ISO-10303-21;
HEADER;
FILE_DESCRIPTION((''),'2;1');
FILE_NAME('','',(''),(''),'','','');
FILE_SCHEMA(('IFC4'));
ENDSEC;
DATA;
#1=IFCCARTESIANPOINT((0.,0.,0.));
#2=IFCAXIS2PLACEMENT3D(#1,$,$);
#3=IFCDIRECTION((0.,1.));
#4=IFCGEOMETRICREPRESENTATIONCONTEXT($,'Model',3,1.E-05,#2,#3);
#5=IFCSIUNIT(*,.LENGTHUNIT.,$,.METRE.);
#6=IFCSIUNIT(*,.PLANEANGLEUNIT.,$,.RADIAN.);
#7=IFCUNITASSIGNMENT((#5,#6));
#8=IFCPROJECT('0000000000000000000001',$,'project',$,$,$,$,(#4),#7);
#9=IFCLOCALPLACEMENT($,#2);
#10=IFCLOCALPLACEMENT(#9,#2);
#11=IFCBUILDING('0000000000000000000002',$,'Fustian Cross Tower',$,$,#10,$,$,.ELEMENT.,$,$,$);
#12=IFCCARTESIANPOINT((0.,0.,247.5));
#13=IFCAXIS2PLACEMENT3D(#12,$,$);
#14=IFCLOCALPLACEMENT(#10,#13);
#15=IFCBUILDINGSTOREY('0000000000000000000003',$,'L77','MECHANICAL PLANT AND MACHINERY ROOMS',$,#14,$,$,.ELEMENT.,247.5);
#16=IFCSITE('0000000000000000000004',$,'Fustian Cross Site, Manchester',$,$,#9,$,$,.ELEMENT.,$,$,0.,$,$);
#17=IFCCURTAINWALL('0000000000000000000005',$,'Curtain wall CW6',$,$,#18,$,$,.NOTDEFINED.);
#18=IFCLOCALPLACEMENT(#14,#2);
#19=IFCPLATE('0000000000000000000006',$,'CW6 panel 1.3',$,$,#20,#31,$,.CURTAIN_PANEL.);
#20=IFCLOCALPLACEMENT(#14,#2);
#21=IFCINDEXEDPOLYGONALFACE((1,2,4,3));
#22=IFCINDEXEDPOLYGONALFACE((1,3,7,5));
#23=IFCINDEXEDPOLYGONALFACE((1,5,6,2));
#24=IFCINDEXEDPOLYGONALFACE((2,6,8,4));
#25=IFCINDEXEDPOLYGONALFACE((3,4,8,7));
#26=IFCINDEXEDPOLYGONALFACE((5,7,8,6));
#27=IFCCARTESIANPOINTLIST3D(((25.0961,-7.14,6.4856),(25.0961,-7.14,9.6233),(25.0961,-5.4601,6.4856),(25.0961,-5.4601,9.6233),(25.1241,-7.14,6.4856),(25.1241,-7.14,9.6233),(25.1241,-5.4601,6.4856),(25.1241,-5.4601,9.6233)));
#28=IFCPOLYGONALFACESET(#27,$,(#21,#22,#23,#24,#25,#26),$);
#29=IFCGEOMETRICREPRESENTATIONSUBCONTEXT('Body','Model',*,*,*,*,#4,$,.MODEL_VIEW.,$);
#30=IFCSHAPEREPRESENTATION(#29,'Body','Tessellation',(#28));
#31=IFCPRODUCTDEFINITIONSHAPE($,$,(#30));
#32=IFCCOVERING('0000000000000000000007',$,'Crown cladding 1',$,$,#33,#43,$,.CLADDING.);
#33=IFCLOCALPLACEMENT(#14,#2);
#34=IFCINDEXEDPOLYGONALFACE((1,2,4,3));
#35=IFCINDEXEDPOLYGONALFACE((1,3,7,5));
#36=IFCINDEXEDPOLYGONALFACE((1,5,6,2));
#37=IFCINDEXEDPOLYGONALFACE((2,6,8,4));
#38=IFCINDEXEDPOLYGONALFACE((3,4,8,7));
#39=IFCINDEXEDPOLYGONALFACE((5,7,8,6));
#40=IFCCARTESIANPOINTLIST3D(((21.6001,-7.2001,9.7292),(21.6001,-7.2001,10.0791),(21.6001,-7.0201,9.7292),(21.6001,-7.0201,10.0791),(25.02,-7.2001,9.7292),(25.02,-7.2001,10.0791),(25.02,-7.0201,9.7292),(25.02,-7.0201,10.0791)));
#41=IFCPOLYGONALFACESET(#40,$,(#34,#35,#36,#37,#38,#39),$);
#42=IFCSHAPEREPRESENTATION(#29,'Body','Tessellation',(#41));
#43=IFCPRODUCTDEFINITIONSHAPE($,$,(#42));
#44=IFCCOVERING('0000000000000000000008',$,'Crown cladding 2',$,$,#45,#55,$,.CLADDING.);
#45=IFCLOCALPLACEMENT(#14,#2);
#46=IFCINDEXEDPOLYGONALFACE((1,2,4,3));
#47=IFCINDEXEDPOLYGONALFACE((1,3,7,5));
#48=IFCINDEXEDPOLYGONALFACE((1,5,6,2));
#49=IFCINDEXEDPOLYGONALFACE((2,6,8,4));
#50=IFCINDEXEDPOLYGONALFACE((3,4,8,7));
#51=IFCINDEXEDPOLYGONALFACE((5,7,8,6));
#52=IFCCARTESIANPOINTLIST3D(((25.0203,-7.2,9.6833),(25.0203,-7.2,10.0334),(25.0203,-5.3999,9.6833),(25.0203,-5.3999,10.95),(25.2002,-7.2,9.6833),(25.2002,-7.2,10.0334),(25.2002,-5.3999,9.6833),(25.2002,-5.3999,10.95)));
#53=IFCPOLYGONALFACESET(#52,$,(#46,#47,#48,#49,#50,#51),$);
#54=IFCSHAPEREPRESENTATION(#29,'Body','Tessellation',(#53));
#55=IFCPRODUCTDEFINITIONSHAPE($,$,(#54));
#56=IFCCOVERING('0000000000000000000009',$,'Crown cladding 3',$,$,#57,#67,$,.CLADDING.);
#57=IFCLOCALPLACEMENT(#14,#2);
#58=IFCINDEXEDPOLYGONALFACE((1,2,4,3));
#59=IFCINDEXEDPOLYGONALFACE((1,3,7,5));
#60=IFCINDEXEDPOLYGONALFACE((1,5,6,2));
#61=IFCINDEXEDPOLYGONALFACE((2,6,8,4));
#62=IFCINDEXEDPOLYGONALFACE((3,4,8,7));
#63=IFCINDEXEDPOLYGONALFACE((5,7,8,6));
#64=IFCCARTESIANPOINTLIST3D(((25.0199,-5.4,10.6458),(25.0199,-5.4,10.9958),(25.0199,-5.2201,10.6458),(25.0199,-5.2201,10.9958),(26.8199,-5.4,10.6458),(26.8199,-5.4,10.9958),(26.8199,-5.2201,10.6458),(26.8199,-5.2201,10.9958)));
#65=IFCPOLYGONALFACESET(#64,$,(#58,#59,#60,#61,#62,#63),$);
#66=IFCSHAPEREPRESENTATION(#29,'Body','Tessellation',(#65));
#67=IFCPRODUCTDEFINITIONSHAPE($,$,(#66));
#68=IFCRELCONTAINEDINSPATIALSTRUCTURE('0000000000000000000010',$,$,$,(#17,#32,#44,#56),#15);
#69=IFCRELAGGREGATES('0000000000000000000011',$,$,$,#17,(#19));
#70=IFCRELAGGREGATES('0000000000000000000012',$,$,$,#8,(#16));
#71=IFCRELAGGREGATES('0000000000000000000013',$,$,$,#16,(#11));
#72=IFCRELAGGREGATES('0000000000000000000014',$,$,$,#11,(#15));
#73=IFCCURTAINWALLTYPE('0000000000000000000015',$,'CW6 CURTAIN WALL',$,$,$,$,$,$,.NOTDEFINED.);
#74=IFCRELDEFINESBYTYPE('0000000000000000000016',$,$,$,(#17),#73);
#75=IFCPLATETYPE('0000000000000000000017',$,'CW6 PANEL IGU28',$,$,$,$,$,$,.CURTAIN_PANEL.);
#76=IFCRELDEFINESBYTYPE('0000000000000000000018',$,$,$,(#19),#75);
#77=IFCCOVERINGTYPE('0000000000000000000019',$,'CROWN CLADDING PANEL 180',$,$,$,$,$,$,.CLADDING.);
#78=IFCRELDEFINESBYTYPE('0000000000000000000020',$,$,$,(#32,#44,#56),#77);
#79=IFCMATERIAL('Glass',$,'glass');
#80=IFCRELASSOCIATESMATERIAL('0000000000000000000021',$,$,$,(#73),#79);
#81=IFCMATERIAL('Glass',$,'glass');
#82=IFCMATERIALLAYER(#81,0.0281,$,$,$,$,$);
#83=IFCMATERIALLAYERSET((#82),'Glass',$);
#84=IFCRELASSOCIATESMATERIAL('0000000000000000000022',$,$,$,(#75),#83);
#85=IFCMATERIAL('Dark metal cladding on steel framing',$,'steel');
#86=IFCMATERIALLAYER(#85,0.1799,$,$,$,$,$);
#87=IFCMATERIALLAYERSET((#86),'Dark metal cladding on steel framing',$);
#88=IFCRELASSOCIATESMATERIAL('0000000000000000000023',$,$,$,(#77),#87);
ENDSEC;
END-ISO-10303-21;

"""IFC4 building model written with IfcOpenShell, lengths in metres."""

from ifc_helpers import new_model, si_unit, direction, frame, frame_2d, origin, origin_2d, place, context, subcontext, project, spatial, polyline, rectangle, outline, extrude, material, layer, layer_set, type_object, element, aggregate, save


model = new_model("IFC4")

# Units and contexts
model_context = context("Model", 3, precision=1e-05, world=origin(), true_north=direction((0.0, 1.0)))
body_context = subcontext(model_context, "Body", "Model", "MODEL_VIEW")
ifc_project = project(units=[si_unit("LENGTHUNIT", "METRE"), si_unit("PLANEANGLEUNIT", "RADIAN")], contexts=[model_context])

# Site, building, storey
site_placement = place(None, origin())
site = spatial("IfcSite", under=ifc_project, at=site_placement, Name="Fustian Cross Site, Manchester", CompositionType="ELEMENT", RefElevation=0.0)
building_placement = place(site_placement, origin())
building = spatial("IfcBuilding", under=site, at=building_placement, Name="Fustian Cross Tower", CompositionType="ELEMENT")
storey_placement = place(building_placement, frame((0.0, 0.0, 247.5)))
storey = spatial("IfcBuildingStorey", under=building, at=storey_placement, Name="L77", Description="MECHANICAL PLANT AND MACHINERY ROOMS", CompositionType="ELEMENT", Elevation=247.5)

# Curtain wall
ifc_material_1 = material(Name="Glass", Category="glass")
curtain_wall_type = type_object("IfcCurtainWallType", Name="CW6 CURTAIN WALL", PredefinedType="NOTDEFINED", material=ifc_material_1)
curtain_wall_1_placement = place(storey_placement, origin())
curtain_wall_1 = element("IfcCurtainWall", 1, at=curtain_wall_1_placement, inside=storey, type_object=curtain_wall_type, Name="Curtain wall CW6", PredefinedType="NOTDEFINED")

# Plate
ifc_material_2 = material(Name="Glass", Category="glass")
ifc_layer_1 = layer(ifc_material_2, 0.0281)
ifc_layer_set_1 = layer_set([ifc_layer_1], Name="Glass")
plate_type = type_object("IfcPlateType", Name="CW6 PANEL IGU28", PredefinedType="CURTAIN_PANEL", material=ifc_layer_set_1)
plate_1_placement = place(storey_placement, frame((25.1101, -6.3, 6.4856), z_axis=(0.0, 0.0, 1.0), x_axis=(0.0, 1.0, 0.0)))
plate_1 = element("IfcPlate", 2, at=plate_1_placement, type_object=plate_type, Name="CW6 panel 1.3", PredefinedType="CURTAIN_PANEL", context=body_context, shape_type="SweptSolid", body=[
    extrude(rectangle(XDim=1.6799, YDim=0.0281, at=origin_2d()), origin(), (0.0, 0.0, 1.0), 3.1377),
])
aggregate(curtain_wall_1, [plate_1])

# Coverings
ifc_material_3 = material(Name="Dark metal cladding on steel framing", Category="steel")
ifc_layer_2 = layer(ifc_material_3, 0.1799)
ifc_layer_set_2 = layer_set([ifc_layer_2], Name="Dark metal cladding on steel framing")
covering_type = type_object("IfcCoveringType", Name="CROWN CLADDING PANEL 180", PredefinedType="CLADDING", material=ifc_layer_set_2)
covering_1_placement = place(storey_placement, frame((21.6001, -7.1101, 9.7292), z_axis=(0.0, 0.0, 1.0), x_axis=(1.0, 0.0, 0.0)))
element("IfcCovering", 3, at=covering_1_placement, inside=storey, type_object=covering_type, Name="Crown cladding 1", PredefinedType="CLADDING", context=body_context, shape_type="SweptSolid", body=[
    extrude(rectangle(XDim=3.4199, YDim=0.1799, at=frame_2d((1.71, 0.0))), origin(), (0.0, 0.0, 1.0), 0.3499),
])
covering_2_placement = place(storey_placement, frame((25.1101, -7.2, 9.6833), z_axis=(0.0, 0.0, 1.0), x_axis=(0.0, 1.0, 0.0)))
element("IfcCovering", 4, at=covering_2_placement, inside=storey, type_object=covering_type, Name="Crown cladding 2", PredefinedType="CLADDING", context=body_context, shape_type="SweptSolid", body=[
    extrude(outline(polyline([(0.0, 0.0), (1.8, 0.0), (1.8, 1.2666), (0.0, 0.3501), (0.0, 0.0)])), frame((0.0, 0.0898, 0.0), z_axis=(0.0, -1.0, 0.0), x_axis=(1.0, 0.0, 0.0)), (0.0, 0.0, 1.0), 0.1799),
])
covering_3_placement = place(storey_placement, frame((25.02, -5.3101, 10.6458), z_axis=(0.0, 0.0, 1.0), x_axis=(1.0, 0.0, 0.0)))
element("IfcCovering", 5, at=covering_3_placement, inside=storey, type_object=covering_type, Name="Crown cladding 3", PredefinedType="CLADDING", context=body_context, shape_type="SweptSolid", body=[
    extrude(rectangle(XDim=1.8, YDim=0.1799, at=frame_2d((0.8999, 0.0))), origin(), (0.0, 0.0, 1.0), 0.3501),
])

save(model, "model.ifc")
